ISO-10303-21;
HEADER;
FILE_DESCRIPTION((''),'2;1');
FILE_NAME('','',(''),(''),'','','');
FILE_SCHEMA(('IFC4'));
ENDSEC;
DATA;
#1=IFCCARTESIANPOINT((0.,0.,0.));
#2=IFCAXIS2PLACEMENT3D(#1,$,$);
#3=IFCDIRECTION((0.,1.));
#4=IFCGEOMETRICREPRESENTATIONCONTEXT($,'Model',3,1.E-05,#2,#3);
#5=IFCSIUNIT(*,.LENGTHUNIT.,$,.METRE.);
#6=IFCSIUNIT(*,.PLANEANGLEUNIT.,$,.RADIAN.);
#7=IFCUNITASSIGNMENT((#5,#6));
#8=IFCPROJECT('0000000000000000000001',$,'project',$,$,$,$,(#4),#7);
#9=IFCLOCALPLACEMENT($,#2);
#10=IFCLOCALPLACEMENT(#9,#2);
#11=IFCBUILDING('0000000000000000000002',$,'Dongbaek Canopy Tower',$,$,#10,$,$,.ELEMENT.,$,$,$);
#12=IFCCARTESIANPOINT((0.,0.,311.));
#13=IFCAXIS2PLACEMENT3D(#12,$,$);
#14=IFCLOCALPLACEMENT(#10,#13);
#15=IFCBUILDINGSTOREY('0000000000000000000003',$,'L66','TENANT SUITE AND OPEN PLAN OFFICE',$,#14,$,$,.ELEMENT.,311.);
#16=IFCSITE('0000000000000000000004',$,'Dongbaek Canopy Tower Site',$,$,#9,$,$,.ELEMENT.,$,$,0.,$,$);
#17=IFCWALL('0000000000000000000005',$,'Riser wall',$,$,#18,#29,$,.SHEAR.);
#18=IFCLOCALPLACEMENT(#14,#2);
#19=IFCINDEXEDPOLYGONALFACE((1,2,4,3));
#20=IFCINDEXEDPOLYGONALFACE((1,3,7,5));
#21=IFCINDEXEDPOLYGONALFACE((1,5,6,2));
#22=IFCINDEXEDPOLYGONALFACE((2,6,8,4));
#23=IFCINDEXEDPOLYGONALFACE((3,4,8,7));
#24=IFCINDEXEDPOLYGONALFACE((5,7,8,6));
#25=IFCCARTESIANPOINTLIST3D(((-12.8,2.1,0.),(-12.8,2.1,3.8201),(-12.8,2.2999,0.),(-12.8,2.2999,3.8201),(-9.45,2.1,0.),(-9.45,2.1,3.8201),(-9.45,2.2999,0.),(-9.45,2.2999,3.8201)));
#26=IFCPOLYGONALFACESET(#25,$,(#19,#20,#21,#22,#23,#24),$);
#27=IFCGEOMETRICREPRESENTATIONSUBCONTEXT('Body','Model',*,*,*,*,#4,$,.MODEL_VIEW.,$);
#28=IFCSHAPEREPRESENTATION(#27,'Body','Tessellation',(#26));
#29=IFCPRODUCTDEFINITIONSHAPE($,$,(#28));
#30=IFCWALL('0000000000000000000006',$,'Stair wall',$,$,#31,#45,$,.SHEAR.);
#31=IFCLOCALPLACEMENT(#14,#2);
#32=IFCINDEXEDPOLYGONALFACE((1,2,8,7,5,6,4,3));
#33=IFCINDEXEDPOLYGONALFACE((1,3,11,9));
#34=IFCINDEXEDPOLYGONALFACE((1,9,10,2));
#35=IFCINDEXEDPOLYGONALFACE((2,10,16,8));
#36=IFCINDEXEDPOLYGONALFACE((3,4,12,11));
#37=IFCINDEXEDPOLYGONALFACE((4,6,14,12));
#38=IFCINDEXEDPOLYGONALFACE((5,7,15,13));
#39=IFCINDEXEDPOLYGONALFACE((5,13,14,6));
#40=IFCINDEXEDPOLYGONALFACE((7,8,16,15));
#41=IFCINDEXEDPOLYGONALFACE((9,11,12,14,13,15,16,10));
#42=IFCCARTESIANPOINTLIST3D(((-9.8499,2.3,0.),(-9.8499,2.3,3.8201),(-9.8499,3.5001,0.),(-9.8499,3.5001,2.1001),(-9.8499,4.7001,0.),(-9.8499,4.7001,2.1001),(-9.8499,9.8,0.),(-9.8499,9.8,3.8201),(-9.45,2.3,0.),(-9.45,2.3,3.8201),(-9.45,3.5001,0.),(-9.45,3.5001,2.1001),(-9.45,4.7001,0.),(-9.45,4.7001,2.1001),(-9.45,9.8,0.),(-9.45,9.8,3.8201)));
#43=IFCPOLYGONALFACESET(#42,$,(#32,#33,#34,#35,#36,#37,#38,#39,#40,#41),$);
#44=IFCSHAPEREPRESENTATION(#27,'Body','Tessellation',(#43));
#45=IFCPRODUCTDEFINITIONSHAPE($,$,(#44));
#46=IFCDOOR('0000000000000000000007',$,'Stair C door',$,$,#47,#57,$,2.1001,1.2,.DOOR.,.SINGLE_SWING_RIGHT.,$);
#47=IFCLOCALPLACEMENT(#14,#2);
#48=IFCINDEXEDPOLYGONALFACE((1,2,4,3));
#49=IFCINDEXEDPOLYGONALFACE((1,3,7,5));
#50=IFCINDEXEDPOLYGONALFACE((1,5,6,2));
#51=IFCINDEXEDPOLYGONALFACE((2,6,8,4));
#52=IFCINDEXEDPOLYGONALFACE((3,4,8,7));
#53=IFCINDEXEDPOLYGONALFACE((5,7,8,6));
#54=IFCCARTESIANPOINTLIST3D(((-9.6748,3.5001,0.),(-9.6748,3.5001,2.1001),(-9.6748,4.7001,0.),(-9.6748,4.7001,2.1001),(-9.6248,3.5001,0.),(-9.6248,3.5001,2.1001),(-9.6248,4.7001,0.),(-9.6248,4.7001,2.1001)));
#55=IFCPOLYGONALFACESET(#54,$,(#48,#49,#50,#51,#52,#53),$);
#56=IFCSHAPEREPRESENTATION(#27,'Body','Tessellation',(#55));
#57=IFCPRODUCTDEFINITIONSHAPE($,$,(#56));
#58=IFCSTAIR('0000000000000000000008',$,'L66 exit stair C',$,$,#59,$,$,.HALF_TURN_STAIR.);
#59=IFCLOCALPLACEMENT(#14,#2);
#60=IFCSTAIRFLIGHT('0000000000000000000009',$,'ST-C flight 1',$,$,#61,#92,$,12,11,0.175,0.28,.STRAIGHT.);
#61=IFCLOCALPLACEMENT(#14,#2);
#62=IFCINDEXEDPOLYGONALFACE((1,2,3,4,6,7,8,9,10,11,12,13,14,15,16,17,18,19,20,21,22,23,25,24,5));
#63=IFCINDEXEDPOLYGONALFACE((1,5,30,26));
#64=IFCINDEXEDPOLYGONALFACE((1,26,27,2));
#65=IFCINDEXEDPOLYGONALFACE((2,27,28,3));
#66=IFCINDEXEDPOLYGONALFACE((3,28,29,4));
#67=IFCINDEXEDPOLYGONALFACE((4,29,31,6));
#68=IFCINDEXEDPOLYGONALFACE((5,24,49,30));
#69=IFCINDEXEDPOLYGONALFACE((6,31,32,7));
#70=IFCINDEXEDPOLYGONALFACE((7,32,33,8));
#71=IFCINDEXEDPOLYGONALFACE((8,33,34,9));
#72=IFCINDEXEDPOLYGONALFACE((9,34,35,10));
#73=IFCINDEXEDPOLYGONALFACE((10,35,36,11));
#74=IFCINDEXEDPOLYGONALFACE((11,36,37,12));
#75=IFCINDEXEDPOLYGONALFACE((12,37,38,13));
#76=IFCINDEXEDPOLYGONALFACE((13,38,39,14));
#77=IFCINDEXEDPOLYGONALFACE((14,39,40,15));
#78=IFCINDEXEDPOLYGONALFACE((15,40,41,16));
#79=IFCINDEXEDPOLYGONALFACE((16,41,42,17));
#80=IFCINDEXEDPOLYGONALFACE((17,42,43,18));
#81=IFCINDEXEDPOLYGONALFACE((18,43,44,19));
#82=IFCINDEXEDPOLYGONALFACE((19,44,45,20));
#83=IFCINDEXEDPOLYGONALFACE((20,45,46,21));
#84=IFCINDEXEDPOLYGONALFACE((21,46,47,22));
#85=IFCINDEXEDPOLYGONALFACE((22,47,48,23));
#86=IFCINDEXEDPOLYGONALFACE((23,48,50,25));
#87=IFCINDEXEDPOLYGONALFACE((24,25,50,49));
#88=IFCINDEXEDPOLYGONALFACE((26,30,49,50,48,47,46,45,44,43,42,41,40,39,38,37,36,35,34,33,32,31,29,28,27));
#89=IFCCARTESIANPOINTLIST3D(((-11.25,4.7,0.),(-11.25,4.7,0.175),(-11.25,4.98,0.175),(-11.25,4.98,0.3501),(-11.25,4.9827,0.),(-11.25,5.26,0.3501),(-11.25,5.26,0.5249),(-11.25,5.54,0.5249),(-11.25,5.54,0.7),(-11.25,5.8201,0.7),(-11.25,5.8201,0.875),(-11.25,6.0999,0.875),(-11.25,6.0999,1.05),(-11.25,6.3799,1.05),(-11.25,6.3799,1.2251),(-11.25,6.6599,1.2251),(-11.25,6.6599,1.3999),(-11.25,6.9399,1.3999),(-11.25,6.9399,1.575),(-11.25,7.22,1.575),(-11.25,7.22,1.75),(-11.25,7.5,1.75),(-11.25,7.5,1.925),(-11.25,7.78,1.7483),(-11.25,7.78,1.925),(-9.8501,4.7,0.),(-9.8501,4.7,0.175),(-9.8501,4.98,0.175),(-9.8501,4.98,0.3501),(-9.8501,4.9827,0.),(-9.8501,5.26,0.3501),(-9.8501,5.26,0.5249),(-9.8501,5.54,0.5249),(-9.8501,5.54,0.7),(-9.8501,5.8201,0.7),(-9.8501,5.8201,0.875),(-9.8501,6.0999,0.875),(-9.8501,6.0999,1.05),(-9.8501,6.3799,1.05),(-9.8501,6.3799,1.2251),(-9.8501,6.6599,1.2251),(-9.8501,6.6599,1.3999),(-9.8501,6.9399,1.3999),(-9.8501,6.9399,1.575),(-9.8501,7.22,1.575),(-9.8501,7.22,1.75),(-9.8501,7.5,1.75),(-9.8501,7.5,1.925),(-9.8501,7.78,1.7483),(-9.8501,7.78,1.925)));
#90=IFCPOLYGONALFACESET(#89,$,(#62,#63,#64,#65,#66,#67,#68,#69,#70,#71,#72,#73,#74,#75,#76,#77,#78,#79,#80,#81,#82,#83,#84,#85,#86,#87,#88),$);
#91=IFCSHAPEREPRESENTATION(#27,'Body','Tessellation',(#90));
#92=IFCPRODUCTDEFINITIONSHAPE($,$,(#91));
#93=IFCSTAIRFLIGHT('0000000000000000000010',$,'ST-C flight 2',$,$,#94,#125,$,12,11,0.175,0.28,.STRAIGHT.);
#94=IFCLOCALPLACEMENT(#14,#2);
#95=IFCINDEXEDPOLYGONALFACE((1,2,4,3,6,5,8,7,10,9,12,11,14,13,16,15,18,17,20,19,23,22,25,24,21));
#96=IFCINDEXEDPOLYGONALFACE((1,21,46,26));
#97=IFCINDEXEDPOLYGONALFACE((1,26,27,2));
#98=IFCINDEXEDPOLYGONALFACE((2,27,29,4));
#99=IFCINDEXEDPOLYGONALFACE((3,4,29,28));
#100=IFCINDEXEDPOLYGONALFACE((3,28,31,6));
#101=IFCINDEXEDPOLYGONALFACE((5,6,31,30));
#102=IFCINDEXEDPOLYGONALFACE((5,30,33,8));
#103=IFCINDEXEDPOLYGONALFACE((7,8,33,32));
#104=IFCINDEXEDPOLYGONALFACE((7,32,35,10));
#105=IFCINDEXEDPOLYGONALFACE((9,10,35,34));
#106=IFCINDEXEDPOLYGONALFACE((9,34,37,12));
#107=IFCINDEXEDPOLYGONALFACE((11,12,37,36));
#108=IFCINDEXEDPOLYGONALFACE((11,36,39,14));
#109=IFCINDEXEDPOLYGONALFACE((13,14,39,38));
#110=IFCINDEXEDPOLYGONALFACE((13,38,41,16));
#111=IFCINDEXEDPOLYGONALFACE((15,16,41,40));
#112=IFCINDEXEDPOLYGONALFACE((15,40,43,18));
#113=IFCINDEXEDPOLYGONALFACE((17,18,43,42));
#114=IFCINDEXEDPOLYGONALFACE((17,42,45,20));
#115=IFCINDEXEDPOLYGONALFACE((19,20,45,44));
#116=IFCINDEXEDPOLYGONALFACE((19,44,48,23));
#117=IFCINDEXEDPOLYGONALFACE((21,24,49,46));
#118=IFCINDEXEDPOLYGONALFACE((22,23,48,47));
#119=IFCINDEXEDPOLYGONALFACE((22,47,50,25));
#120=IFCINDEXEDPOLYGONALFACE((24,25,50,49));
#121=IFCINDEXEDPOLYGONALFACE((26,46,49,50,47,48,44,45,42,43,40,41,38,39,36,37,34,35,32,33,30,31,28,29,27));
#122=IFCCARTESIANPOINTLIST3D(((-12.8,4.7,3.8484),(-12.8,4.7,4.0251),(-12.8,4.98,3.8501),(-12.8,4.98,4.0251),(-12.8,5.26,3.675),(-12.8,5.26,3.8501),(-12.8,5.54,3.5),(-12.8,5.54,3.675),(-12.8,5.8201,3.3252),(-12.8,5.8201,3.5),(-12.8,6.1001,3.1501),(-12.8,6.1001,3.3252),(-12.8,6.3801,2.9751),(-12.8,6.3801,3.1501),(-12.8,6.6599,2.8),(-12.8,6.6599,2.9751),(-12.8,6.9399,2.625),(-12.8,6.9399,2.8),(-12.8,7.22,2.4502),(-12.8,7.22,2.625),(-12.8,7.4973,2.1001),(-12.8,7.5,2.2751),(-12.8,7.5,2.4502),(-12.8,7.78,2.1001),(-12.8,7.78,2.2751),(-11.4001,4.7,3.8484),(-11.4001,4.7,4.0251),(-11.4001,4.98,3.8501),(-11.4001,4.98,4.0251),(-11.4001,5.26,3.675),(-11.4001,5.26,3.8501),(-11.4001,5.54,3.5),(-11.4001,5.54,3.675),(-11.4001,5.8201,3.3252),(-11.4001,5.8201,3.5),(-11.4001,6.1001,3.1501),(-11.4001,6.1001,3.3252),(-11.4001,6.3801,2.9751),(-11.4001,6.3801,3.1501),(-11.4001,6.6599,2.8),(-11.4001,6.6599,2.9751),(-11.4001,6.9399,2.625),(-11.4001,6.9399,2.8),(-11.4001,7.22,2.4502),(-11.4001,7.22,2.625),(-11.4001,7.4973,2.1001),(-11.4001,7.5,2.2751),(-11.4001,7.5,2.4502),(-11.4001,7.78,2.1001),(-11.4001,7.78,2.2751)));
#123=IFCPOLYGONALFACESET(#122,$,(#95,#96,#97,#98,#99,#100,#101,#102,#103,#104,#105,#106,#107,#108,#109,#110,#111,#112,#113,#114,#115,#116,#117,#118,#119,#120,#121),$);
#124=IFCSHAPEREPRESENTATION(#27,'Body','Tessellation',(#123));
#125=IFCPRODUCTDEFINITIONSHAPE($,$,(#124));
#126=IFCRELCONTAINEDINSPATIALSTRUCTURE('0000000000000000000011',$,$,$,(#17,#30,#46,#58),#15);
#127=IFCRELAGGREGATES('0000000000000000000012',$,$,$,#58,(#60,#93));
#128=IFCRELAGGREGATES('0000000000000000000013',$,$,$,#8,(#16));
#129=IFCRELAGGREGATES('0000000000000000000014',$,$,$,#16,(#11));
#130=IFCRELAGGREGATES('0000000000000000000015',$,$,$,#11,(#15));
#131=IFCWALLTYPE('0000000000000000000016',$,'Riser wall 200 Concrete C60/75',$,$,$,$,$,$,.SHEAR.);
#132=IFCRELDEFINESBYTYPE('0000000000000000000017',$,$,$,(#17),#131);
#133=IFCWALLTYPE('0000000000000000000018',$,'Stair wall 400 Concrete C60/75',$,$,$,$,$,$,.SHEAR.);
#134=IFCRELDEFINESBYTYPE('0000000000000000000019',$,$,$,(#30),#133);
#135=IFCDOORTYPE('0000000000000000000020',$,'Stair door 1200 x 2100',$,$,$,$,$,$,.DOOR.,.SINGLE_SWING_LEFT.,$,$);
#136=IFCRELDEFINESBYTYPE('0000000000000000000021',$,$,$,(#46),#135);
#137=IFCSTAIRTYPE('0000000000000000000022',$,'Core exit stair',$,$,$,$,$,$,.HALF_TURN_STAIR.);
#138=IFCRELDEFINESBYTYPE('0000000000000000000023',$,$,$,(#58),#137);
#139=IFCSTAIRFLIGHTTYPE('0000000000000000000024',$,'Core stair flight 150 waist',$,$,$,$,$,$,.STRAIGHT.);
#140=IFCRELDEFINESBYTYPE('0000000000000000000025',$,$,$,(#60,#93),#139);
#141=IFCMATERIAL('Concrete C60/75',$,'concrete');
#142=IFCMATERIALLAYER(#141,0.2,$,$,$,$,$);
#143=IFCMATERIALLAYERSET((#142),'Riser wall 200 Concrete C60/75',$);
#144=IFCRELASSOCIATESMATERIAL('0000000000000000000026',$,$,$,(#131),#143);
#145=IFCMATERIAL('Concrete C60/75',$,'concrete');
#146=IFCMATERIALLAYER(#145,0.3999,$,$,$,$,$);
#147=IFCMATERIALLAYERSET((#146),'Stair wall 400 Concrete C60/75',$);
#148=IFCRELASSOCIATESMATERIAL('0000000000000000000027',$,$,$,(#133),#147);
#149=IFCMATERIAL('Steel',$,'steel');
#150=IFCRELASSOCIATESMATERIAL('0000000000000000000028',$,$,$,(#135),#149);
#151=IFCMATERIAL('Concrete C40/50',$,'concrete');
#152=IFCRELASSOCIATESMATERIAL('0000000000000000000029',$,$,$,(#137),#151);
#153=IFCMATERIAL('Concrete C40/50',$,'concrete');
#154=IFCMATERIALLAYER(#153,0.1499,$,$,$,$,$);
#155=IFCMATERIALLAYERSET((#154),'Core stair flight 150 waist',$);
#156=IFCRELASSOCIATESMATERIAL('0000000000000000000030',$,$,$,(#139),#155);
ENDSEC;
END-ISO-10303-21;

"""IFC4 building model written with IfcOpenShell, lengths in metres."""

from ifc_helpers import new_model, si_unit, direction, frame, frame_2d, origin, place, context, subcontext, project, spatial, polyline, rectangle, outline, extrude, material, layer, layer_set, type_object, element, fill, aggregate, save


model = new_model("IFC4")

# Units and contexts
model_context = context("Model", 3, precision=1e-05, world=origin(), true_north=direction((0.0, 1.0)))
body_context = subcontext(model_context, "Body", "Model", "MODEL_VIEW")
ifc_project = project(units=[si_unit("LENGTHUNIT", "METRE"), si_unit("PLANEANGLEUNIT", "RADIAN")], contexts=[model_context])

# Site, building, storey
site_placement = place(None, origin())
site = spatial("IfcSite", under=ifc_project, at=site_placement, Name="Dongbaek Canopy Tower Site", CompositionType="ELEMENT", RefElevation=0.0)
building_placement = place(site_placement, origin())
building = spatial("IfcBuilding", under=site, at=building_placement, Name="Dongbaek Canopy Tower", CompositionType="ELEMENT")
storey_placement = place(building_placement, frame((0.0, 0.0, 311.0)))
storey = spatial("IfcBuildingStorey", under=building, at=storey_placement, Name="L66", Description="TENANT SUITE AND OPEN PLAN OFFICE", CompositionType="ELEMENT", Elevation=311.0)

# Wall
ifc_material_1 = material(Name="Concrete C60/75", Category="concrete")
ifc_layer_1 = layer(ifc_material_1, 0.2)
ifc_layer_set_1 = layer_set([ifc_layer_1], Name="Riser wall 200 Concrete C60/75")
wall_type_1 = type_object("IfcWallType", Name="Riser wall 200 Concrete C60/75", PredefinedType="SHEAR", material=ifc_layer_set_1)
wall_1_placement = place(storey_placement, frame((-9.45, 2.2, 0.0), z_axis=(0.0, 0.0, 1.0), x_axis=(-1.0, 0.0, 0.0)))
element("IfcWall", 1, at=wall_1_placement, inside=storey, type_object=wall_type_1, Name="Riser wall", PredefinedType="SHEAR", context=body_context, shape_type="SweptSolid", body=[
    extrude(rectangle(XDim=3.3501, YDim=0.2, at=frame_2d((1.675, 0.0))), origin(), (0.0, 0.0, 1.0), 3.8201),
])

# Wall, opening, door
ifc_material_2 = material(Name="Concrete C60/75", Category="concrete")
ifc_layer_2 = layer(ifc_material_2, 0.3999)
ifc_layer_set_2 = layer_set([ifc_layer_2], Name="Stair wall 400 Concrete C60/75")
wall_type_2 = type_object("IfcWallType", Name="Stair wall 400 Concrete C60/75", PredefinedType="SHEAR", material=ifc_layer_set_2)
wall_2_placement = place(storey_placement, frame((-9.6499, 2.3, 0.0), z_axis=(0.0, 0.0, 1.0), x_axis=(0.0, 1.0, 0.0)))
wall_2 = element("IfcWall", 2, at=wall_2_placement, inside=storey, type_object=wall_type_2, Name="Stair wall", PredefinedType="SHEAR", context=body_context, shape_type="SweptSolid", body=[
    extrude(rectangle(XDim=7.5, YDim=0.3999, at=frame_2d((3.75, 0.0))), origin(), (0.0, 0.0, 1.0), 3.8201),
])
opening_1_placement = place(wall_2_placement, frame((1.2, 0.0, 0.0)))
opening_1 = element("IfcOpeningElement", 3, at=opening_1_placement, cuts=wall_2, PredefinedType="OPENING", context=body_context, shape_type="SweptSolid", body=[
    extrude(rectangle(XDim=1.2, YDim=2.1001, at=frame_2d((0.6001, 1.05))), frame((0.0, 0.21, 0.0), z_axis=(0.0, -1.0, 0.0), x_axis=(1.0, 0.0, 0.0)), (0.0, 0.0, 1.0), 0.4199),
])
ifc_material_3 = material(Name="Steel", Category="steel")
door_type_1 = type_object("IfcDoorType", Name="Stair door 1200 x 2100", OperationType="SINGLE_SWING_LEFT", PredefinedType="DOOR", material=ifc_material_3)
door_1_placement = place(opening_1_placement, origin())
door_1 = element("IfcDoor", 4, at=door_1_placement, inside=storey, type_object=door_type_1, Name="Stair C door", OperationType="SINGLE_SWING_RIGHT", OverallHeight=2.1001, OverallWidth=1.2, PredefinedType="DOOR", context=body_context, shape_type="SweptSolid", body=[
    extrude(rectangle(XDim=1.2, YDim=2.1001, at=frame_2d((0.6001, 1.05))), frame((0.0, 0.0249, 0.0), z_axis=(0.0, -1.0, 0.0), x_axis=(1.0, 0.0, 0.0)), (0.0, 0.0, 1.0), 0.05),
])
fill(opening_1, door_1)

# Stair, stair flights
ifc_material_4 = material(Name="Concrete C40/50", Category="concrete")
stair_type = type_object("IfcStairType", Name="Core exit stair", PredefinedType="HALF_TURN_STAIR", material=ifc_material_4)
stair_placement = place(storey_placement, origin())
stair = element("IfcStair", 5, at=stair_placement, inside=storey, type_object=stair_type, Name="L66 exit stair C", PredefinedType="HALF_TURN_STAIR")
ifc_material_5 = material(Name="Concrete C40/50", Category="concrete")
ifc_layer_3 = layer(ifc_material_5, 0.1499)
ifc_layer_set_3 = layer_set([ifc_layer_3], Name="Core stair flight 150 waist")
stair_flight_type = type_object("IfcStairFlightType", Name="Core stair flight 150 waist", PredefinedType="STRAIGHT", material=ifc_layer_set_3)
stair_flight_1_placement = place(storey_placement, frame((-10.55, 4.7, 0.0), z_axis=(0.0, 0.0, 1.0), x_axis=(0.0, 1.0, 0.0)))
stair_flight_1 = element("IfcStairFlight", 6, at=stair_flight_1_placement, type_object=stair_flight_type, Name="ST-C flight 1", NumberOfRisers=12, NumberOfTreads=11, PredefinedType="STRAIGHT", RiserHeight=0.175, TreadLength=0.28, context=body_context, shape_type="SweptSolid", body=[
    extrude(outline(polyline([(0.0, 0.0), (0.0, 0.175), (0.28, 0.175), (0.28, 0.3501), (0.5601, 0.3501), (0.5601, 0.5249), (0.8401, 0.5249), (0.8401, 0.7), (1.1201, 0.7), (1.1201, 0.875), (1.3999, 0.875), (1.3999, 1.05), (1.6799, 1.05), (1.6799, 1.2251), (1.96, 1.2251), (1.96, 1.3999), (2.24, 1.3999), (2.24, 1.575), (2.52, 1.575), (2.52, 1.75), (2.8, 1.75), (2.8, 1.925), (3.0801, 1.925), (3.0801, 2.1001), (3.0801, 1.7483), (0.2827, 0.0), (0.0, 0.0)])), frame((0.0, 0.7, 0.0), z_axis=(0.0, -1.0, 0.0), x_axis=(1.0, 0.0, 0.0)), (0.0, 0.0, 1.0), 1.3999),
])
stair_flight_2_placement = place(storey_placement, frame((-12.1001, 7.78, 2.1001), z_axis=(0.0, 0.0, 1.0), x_axis=(0.0, -1.0, 0.0)))
stair_flight_2 = element("IfcStairFlight", 7, at=stair_flight_2_placement, type_object=stair_flight_type, Name="ST-C flight 2", NumberOfRisers=12, NumberOfTreads=11, PredefinedType="STRAIGHT", RiserHeight=0.175, TreadLength=0.28, context=body_context, shape_type="SweptSolid", body=[
    extrude(outline(polyline([(0.0, 0.0), (0.0, 0.175), (0.28, 0.175), (0.28, 0.3501), (0.5601, 0.3501), (0.5601, 0.5249), (0.8401, 0.5249), (0.8401, 0.7), (1.1201, 0.7), (1.1201, 0.875), (1.3999, 0.875), (1.3999, 1.05), (1.6799, 1.05), (1.6799, 1.2251), (1.96, 1.2251), (1.96, 1.3999), (2.24, 1.3999), (2.24, 1.575), (2.52, 1.575), (2.52, 1.75), (2.8, 1.75), (2.8, 1.925), (3.0801, 1.925), (3.0801, 2.1001), (3.0801, 1.7483), (0.2827, 0.0), (0.0, 0.0)])), frame((0.0, 0.7, 0.0), z_axis=(0.0, -1.0, 0.0), x_axis=(1.0, 0.0, 0.0)), (0.0, 0.0, 1.0), 1.3999),
])
aggregate(stair, [stair_flight_1, stair_flight_2])

save(model, "model.ifc")
